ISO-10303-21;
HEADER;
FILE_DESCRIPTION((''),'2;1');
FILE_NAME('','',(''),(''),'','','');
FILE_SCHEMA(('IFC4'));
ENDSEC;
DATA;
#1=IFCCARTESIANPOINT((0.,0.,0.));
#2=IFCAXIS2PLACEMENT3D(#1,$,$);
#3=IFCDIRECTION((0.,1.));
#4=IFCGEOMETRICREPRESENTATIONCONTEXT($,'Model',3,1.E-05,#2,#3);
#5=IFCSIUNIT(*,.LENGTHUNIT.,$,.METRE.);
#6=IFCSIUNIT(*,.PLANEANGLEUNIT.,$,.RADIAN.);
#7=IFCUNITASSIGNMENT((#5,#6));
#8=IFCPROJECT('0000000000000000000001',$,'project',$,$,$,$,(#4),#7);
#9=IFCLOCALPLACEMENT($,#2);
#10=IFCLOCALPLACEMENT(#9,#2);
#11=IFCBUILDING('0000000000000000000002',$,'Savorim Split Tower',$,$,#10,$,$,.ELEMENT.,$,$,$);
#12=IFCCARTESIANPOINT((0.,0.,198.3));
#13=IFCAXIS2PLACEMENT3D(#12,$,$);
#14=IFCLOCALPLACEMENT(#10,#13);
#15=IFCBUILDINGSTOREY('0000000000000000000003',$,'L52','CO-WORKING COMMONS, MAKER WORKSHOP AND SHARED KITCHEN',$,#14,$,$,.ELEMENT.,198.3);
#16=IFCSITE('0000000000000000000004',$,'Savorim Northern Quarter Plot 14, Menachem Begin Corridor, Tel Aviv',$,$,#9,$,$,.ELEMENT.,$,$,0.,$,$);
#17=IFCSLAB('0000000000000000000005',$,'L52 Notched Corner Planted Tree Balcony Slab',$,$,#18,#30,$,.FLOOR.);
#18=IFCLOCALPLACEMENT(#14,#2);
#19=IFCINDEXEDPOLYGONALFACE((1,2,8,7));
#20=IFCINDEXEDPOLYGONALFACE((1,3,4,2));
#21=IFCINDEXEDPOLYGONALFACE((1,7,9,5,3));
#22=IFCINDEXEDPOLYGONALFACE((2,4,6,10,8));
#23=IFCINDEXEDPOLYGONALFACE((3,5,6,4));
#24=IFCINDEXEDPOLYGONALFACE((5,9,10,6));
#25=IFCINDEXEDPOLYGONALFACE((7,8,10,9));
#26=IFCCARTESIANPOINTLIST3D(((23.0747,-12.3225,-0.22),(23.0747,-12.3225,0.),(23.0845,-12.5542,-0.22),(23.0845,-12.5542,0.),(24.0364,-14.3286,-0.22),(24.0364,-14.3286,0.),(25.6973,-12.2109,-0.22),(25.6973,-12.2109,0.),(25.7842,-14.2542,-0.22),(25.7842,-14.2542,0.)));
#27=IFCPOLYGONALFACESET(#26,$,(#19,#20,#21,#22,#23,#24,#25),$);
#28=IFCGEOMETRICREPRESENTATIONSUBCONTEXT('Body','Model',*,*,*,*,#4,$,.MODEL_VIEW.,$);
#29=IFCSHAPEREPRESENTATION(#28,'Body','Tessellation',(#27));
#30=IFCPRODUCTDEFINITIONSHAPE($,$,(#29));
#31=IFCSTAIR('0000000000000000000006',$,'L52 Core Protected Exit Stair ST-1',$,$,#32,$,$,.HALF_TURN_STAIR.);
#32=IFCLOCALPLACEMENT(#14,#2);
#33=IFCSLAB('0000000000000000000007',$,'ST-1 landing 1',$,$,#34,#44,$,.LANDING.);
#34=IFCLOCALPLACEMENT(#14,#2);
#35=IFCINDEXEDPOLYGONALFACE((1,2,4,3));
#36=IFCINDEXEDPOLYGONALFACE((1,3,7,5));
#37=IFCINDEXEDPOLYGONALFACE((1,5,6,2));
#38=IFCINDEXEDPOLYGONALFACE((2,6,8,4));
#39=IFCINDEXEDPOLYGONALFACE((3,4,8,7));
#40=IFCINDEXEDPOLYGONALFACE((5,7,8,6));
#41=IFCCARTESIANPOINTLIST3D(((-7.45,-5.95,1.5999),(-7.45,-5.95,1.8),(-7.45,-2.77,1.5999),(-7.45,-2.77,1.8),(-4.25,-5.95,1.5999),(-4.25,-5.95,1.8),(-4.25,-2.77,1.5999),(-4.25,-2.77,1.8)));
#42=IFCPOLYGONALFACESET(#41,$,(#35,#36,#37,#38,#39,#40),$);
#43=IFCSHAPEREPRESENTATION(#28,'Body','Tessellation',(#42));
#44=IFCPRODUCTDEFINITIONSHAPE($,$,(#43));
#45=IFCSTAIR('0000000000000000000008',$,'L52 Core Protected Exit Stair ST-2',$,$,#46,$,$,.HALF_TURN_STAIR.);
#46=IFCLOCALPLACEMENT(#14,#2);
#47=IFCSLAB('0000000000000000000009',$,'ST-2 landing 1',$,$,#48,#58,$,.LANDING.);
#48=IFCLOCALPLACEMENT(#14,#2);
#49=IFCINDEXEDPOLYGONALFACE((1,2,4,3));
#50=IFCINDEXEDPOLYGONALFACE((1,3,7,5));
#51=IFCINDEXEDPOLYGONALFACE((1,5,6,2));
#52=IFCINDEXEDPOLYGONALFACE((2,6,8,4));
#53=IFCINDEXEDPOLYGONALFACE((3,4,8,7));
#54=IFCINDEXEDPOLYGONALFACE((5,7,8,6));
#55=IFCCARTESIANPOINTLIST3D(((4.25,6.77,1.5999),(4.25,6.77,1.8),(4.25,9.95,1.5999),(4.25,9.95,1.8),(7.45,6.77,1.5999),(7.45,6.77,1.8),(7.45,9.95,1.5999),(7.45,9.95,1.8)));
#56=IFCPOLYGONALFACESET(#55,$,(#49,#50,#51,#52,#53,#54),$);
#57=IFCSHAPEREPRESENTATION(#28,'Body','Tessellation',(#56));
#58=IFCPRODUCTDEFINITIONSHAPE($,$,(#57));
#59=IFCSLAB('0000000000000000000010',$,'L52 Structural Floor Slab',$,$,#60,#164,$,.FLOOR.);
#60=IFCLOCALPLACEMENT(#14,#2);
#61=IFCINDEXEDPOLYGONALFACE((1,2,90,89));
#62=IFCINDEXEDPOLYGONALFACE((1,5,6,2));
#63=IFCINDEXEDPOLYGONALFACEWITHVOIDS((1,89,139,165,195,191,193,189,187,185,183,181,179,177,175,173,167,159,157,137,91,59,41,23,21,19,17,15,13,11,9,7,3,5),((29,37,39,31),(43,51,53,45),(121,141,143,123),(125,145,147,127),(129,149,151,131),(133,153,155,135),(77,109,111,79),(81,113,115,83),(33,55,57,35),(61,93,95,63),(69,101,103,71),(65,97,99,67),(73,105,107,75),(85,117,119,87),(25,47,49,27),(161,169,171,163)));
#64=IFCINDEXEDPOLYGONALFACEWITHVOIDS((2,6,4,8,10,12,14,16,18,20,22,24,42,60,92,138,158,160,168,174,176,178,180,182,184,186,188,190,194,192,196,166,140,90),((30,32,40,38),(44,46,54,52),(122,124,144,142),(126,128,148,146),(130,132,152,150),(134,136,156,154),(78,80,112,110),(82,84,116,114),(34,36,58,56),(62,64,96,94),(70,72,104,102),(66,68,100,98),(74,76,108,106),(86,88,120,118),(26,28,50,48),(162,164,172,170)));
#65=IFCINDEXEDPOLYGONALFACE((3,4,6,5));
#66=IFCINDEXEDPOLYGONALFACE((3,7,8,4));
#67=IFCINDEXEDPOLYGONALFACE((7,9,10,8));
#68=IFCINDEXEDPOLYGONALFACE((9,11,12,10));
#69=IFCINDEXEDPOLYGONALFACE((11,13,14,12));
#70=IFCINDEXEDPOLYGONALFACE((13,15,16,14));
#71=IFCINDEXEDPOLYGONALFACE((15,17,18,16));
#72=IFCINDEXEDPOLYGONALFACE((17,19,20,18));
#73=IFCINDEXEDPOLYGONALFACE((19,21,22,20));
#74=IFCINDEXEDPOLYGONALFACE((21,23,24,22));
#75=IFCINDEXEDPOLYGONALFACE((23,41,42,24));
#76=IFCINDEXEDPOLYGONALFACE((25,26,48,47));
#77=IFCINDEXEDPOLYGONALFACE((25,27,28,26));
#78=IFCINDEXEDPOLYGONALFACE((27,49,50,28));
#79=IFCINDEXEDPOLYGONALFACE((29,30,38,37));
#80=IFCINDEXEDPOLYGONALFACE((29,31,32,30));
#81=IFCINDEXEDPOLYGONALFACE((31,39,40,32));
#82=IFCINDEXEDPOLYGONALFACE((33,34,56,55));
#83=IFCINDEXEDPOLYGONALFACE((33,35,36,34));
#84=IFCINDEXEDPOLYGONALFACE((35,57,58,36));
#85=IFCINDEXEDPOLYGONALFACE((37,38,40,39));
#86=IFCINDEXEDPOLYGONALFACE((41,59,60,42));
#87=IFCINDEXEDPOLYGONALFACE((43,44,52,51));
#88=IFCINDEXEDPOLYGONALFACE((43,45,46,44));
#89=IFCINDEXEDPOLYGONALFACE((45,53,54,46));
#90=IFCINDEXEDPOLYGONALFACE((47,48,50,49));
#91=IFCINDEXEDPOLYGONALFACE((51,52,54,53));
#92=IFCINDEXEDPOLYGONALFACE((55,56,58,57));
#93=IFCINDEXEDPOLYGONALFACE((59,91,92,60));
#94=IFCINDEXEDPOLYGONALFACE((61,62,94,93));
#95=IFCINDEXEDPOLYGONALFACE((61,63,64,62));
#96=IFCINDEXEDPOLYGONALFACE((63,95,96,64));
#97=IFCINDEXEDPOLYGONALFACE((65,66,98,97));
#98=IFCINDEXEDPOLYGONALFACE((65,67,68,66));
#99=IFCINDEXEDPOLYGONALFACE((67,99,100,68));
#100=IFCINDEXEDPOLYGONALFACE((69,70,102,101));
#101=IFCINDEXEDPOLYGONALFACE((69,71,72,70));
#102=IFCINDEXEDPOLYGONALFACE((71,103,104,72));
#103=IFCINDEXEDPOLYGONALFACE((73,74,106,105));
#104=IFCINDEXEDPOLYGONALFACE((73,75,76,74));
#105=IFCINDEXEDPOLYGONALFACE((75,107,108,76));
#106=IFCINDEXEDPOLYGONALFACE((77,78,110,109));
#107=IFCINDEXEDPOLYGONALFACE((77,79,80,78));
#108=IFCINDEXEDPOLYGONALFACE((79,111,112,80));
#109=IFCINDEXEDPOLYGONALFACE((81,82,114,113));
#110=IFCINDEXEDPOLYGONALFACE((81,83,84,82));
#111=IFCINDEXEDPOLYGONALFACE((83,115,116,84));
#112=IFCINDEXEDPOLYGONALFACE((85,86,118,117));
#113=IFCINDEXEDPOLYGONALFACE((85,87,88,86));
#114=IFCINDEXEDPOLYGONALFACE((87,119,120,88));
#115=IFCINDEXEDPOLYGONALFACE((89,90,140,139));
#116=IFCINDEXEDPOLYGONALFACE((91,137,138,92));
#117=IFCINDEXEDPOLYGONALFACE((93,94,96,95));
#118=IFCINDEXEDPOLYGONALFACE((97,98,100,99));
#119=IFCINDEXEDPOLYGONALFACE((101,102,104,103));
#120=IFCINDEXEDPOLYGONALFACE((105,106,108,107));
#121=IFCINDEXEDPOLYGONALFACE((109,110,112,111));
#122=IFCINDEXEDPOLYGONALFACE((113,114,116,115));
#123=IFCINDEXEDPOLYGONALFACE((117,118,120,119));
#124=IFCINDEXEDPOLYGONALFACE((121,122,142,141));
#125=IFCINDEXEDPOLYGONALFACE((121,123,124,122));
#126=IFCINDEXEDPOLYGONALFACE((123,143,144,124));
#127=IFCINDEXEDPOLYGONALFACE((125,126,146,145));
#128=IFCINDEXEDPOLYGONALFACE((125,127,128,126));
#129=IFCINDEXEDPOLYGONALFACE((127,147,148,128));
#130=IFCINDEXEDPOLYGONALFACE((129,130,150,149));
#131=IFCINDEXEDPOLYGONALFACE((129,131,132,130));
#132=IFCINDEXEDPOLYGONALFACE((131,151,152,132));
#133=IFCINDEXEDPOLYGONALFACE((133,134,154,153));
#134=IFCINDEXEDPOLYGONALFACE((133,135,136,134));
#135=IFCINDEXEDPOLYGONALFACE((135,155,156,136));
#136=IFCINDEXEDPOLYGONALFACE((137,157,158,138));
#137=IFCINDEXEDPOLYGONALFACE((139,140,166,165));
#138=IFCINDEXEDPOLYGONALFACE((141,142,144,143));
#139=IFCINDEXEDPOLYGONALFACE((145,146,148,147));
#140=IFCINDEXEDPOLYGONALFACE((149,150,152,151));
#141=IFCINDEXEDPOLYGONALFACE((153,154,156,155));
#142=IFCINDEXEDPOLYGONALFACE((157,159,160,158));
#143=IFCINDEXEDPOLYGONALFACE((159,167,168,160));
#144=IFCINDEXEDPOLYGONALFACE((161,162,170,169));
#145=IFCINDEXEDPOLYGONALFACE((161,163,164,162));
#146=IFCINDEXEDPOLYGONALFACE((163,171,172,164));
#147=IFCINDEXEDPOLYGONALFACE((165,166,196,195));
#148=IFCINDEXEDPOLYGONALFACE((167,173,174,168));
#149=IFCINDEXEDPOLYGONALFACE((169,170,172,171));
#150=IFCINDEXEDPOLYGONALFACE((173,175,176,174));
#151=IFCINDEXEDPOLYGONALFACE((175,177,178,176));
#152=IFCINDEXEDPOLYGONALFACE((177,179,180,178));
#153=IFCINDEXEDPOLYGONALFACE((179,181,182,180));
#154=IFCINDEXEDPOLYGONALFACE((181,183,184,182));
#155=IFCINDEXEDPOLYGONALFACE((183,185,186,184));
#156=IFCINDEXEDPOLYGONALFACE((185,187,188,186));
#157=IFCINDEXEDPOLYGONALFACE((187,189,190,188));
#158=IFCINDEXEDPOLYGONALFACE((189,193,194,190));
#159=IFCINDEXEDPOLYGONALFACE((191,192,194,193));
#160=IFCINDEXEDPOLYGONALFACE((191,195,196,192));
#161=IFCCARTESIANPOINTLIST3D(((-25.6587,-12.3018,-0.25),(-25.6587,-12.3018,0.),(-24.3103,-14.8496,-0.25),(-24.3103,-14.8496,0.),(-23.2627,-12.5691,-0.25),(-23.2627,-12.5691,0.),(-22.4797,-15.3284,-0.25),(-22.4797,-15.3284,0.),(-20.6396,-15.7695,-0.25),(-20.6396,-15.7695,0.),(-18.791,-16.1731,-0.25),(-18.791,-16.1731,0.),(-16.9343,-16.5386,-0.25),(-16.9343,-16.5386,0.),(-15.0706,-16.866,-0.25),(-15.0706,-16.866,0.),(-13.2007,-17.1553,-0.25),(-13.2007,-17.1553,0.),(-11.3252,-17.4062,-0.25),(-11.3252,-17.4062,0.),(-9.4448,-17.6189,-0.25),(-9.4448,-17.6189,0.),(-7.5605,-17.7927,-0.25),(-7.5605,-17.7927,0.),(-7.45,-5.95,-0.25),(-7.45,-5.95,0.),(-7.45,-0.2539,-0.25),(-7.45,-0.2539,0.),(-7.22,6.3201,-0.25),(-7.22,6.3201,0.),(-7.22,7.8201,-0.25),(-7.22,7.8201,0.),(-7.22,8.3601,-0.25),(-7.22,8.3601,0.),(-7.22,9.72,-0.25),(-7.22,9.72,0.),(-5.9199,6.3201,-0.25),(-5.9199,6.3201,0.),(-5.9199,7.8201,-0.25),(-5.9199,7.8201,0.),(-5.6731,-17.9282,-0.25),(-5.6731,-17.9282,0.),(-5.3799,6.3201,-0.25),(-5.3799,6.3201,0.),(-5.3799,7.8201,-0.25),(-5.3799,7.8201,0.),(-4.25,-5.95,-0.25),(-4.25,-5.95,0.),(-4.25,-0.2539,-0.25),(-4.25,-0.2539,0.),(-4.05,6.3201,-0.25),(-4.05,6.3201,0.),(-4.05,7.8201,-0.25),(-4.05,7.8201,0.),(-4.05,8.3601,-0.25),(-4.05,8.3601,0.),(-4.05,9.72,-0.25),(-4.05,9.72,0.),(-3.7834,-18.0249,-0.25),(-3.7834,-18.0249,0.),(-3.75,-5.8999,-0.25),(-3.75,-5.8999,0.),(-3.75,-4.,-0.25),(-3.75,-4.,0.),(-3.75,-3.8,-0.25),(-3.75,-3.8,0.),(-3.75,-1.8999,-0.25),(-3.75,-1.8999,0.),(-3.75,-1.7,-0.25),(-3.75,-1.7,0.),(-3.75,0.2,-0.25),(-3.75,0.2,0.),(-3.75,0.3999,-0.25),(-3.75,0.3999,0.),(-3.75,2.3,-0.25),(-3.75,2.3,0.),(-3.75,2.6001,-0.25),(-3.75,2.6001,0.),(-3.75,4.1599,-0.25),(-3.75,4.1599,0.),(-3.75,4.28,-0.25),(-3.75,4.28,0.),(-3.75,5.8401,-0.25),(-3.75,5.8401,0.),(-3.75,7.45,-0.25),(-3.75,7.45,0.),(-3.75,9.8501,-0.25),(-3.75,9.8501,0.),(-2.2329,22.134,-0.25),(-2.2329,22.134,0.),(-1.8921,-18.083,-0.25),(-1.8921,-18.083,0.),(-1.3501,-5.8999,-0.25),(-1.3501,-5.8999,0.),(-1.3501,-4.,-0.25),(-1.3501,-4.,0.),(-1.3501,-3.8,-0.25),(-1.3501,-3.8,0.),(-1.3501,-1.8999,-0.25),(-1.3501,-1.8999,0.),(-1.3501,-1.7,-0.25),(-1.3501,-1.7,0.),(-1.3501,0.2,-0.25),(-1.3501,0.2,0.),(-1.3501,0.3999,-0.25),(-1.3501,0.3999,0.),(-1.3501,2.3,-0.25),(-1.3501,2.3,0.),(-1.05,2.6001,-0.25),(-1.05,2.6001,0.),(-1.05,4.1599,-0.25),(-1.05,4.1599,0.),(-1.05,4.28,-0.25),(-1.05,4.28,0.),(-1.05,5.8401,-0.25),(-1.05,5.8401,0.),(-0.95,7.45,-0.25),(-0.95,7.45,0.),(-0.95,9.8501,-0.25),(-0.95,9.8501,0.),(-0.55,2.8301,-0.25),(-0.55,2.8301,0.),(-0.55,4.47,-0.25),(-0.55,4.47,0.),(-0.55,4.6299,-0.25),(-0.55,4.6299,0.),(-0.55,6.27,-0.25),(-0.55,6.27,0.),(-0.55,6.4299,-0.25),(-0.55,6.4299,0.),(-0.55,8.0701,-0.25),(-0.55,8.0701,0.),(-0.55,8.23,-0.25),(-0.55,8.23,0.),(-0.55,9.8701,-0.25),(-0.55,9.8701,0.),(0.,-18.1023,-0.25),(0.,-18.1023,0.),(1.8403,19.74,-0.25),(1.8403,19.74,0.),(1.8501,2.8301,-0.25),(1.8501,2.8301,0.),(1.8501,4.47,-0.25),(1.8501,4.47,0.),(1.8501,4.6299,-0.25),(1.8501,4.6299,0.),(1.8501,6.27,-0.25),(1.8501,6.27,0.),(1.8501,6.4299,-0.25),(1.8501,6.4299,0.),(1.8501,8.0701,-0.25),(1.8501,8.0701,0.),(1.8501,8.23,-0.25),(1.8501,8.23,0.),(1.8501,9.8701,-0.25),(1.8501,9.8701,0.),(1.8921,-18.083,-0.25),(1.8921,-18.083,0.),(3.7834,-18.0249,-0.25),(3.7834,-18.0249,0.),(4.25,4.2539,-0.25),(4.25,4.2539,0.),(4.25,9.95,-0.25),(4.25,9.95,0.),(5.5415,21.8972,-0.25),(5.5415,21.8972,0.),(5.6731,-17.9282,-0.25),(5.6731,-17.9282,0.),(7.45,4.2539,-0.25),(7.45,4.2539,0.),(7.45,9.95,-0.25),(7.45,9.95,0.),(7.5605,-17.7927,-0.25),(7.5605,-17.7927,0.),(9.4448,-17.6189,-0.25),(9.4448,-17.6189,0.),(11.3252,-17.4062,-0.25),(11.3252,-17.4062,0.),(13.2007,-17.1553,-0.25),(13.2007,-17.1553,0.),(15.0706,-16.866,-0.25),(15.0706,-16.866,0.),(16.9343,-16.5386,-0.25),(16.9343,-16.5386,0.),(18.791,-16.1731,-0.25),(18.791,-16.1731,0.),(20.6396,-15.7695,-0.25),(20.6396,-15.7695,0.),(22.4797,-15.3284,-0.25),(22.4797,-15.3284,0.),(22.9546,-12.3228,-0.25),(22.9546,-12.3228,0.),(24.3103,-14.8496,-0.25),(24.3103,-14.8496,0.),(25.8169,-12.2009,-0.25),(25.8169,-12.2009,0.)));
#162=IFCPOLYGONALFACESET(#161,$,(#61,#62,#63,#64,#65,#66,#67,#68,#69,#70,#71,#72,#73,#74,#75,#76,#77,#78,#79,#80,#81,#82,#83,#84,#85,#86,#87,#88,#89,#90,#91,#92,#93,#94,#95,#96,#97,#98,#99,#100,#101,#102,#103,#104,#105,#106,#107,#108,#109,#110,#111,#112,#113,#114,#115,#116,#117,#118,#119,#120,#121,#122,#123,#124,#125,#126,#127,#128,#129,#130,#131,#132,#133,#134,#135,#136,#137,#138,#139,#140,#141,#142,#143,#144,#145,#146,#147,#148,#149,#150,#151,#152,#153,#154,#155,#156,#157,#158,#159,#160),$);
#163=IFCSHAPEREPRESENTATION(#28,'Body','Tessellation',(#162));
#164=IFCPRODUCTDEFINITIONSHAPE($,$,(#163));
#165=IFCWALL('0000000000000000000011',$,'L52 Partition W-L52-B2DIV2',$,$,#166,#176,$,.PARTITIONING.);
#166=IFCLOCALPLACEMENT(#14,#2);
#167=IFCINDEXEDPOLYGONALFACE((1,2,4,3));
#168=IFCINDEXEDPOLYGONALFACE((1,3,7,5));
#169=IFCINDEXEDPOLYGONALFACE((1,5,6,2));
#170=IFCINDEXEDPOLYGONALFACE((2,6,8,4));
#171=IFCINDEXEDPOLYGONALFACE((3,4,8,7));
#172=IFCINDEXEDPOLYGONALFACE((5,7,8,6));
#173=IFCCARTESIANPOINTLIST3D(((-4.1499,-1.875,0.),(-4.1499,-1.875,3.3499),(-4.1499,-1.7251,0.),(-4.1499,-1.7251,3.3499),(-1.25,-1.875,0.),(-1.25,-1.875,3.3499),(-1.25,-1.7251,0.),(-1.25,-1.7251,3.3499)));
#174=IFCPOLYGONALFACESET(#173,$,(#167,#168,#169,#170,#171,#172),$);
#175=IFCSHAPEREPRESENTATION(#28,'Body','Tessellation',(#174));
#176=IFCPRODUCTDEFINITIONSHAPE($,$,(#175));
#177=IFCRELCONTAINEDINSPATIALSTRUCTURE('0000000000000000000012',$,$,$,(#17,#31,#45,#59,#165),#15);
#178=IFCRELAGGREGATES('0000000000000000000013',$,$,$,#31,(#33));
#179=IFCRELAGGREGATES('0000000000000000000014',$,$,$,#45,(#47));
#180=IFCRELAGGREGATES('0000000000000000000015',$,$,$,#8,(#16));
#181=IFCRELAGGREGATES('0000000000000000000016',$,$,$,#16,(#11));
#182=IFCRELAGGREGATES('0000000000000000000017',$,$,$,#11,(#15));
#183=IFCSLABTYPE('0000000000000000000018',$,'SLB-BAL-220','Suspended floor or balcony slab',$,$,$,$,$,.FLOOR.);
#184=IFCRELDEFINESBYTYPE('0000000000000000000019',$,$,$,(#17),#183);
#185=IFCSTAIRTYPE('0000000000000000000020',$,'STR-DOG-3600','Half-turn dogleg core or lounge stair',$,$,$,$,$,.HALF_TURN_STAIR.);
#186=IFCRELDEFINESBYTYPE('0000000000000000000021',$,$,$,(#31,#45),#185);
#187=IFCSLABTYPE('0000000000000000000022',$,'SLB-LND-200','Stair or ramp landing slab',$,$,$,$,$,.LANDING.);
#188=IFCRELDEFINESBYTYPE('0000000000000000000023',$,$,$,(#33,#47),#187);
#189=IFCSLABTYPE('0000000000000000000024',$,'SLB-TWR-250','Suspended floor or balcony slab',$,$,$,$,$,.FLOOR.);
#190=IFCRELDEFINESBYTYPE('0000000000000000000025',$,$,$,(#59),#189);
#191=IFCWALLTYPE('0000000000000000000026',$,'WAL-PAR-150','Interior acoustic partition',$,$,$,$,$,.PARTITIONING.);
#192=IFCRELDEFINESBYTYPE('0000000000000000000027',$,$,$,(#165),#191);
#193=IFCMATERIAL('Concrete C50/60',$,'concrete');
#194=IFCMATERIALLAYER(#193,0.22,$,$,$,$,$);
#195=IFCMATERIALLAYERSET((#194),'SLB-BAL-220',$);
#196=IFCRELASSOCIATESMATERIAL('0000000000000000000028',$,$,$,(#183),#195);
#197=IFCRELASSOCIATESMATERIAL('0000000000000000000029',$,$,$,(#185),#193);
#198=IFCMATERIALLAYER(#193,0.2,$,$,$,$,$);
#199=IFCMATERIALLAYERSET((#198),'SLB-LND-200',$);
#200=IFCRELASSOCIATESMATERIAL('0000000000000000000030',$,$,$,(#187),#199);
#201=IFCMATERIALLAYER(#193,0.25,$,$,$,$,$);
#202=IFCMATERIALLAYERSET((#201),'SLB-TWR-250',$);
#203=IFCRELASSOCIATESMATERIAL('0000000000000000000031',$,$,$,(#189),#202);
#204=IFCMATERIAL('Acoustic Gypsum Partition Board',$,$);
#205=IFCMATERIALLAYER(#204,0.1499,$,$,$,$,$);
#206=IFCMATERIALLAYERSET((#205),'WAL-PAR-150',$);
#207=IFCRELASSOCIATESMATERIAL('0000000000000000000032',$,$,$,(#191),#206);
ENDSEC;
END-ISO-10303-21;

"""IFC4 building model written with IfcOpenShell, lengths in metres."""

from ifc_helpers import new_model, si_unit, direction, frame, frame_2d, origin, place, context, subcontext, project, spatial, polyline, rectangle, outline, extrude, material, layer, layer_set, type_object, element, aggregate, save


model = new_model("IFC4")

# Units and contexts
model_context = context("Model", 3, precision=1e-05, world=origin(), true_north=direction((0.0, 1.0)))
body_context = subcontext(model_context, "Body", "Model", "MODEL_VIEW")
ifc_project = project(units=[si_unit("LENGTHUNIT", "METRE"), si_unit("PLANEANGLEUNIT", "RADIAN")], contexts=[model_context])

# Site, building, storey
site_placement = place(None, origin())
site = spatial("IfcSite", under=ifc_project, at=site_placement, Name="Savorim Northern Quarter Plot 14, Menachem Begin Corridor, Tel Aviv", CompositionType="ELEMENT", RefElevation=0.0)
building_placement = place(site_placement, origin())
building = spatial("IfcBuilding", under=site, at=building_placement, Name="Savorim Split Tower", CompositionType="ELEMENT")
storey_placement = place(building_placement, frame((0.0, 0.0, 198.3)))
storey = spatial("IfcBuildingStorey", under=building, at=storey_placement, Name="L52", Description="CO-WORKING COMMONS, MAKER WORKSHOP AND SHARED KITCHEN", CompositionType="ELEMENT", Elevation=198.3)

# Slab
ifc_material_1 = material(Name="Concrete C50/60", Category="concrete")
ifc_layer_1 = layer(ifc_material_1, 0.22)
ifc_layer_set_1 = layer_set([ifc_layer_1], Name="SLB-BAL-220")
slab_type_1 = type_object("IfcSlabType", Name="SLB-BAL-220", Description="Suspended floor or balcony slab", PredefinedType="FLOOR", material=ifc_layer_set_1)
slab_1_placement = place(storey_placement, frame((0.0, 0.0, -0.22)))
element("IfcSlab", 1, at=slab_1_placement, inside=storey, type_object=slab_type_1, Name="L52 Notched Corner Planted Tree Balcony Slab", PredefinedType="FLOOR", context=body_context, shape_type="SweptSolid", body=[
    extrude(outline(polyline([(25.6973, -12.2109), (23.0747, -12.3225), (23.0845, -12.5542), (24.0364, -14.3286), (25.7842, -14.2542), (25.6973, -12.2109)])), origin(), (0.0, 0.0, 1.0), 0.22),
])

# Stairs, slabs
stair_type = type_object("IfcStairType", Name="STR-DOG-3600", Description="Half-turn dogleg core or lounge stair", PredefinedType="HALF_TURN_STAIR", material=ifc_material_1)
stair_1_placement = place(storey_placement, origin())
stair_1 = element("IfcStair", 2, at=stair_1_placement, inside=storey, type_object=stair_type, Name="L52 Core Protected Exit Stair ST-1", PredefinedType="HALF_TURN_STAIR")
ifc_layer_2 = layer(ifc_material_1, 0.2)
ifc_layer_set_2 = layer_set([ifc_layer_2], Name="SLB-LND-200")
slab_type_2 = type_object("IfcSlabType", Name="SLB-LND-200", Description="Stair or ramp landing slab", PredefinedType="LANDING", material=ifc_layer_set_2)
slab_2_placement = place(storey_placement, frame((0.0, 0.0, 1.5999)))
slab_2 = element("IfcSlab", 3, at=slab_2_placement, type_object=slab_type_2, Name="ST-1 landing 1", PredefinedType="LANDING", context=body_context, shape_type="SweptSolid", body=[
    extrude(outline(polyline([(-7.45, -2.77), (-7.45, -5.95), (-4.25, -5.95), (-4.25, -2.77), (-7.45, -2.77)])), origin(), (0.0, 0.0, 1.0), 0.2002),
])
aggregate(stair_1, [slab_2])
stair_2_placement = place(storey_placement, origin())
stair_2 = element("IfcStair", 4, at=stair_2_placement, inside=storey, type_object=stair_type, Name="L52 Core Protected Exit Stair ST-2", PredefinedType="HALF_TURN_STAIR")
slab_3_placement = place(storey_placement, frame((0.0, 0.0, 1.5999)))
slab_3 = element("IfcSlab", 5, at=slab_3_placement, type_object=slab_type_2, Name="ST-2 landing 1", PredefinedType="LANDING", context=body_context, shape_type="SweptSolid", body=[
    extrude(outline(polyline([(7.45, 6.77), (7.45, 9.95), (4.25, 9.95), (4.25, 6.77), (7.45, 6.77)])), origin(), (0.0, 0.0, 1.0), 0.2002),
])
aggregate(stair_2, [slab_3])

# Slab
ifc_layer_3 = layer(ifc_material_1, 0.25)
ifc_layer_set_3 = layer_set([ifc_layer_3], Name="SLB-TWR-250")
slab_type_3 = type_object("IfcSlabType", Name="SLB-TWR-250", Description="Suspended floor or balcony slab", PredefinedType="FLOOR", material=ifc_layer_set_3)
slab_4_placement = place(storey_placement, frame((0.0, 0.0, -0.25)))
element("IfcSlab", 6, at=slab_4_placement, inside=storey, type_object=slab_type_3, Name="L52 Structural Floor Slab", PredefinedType="FLOOR", context=body_context, shape_type="SweptSolid", body=[
    extrude(outline(polyline([(-24.3103, -14.8496), (-22.4797, -15.3284), (-20.6396, -15.7695), (-18.791, -16.1731), (-16.9343, -16.5386), (-15.0706, -16.866), (-13.2007, -17.1553), (-11.3252, -17.4062), (-9.4448, -17.6189), (-7.5605, -17.7927), (-5.6731, -17.9282), (-3.7834, -18.0249), (-1.8921, -18.083), (0.0, -18.1023), (1.8921, -18.083), (3.7834, -18.0249), (5.6731, -17.9282), (7.5605, -17.7927), (9.4448, -17.6189), (11.3252, -17.4062), (13.2007, -17.1553), (15.0706, -16.866), (16.9343, -16.5386), (18.791, -16.1731), (20.6396, -15.7695), (22.4797, -15.3284), (24.3103, -14.8496), (22.9546, -12.3228), (25.8169, -12.2009), (5.5415, 21.8972), (1.8403, 19.74), (-2.2329, 22.134), (-25.6587, -12.3018), (-23.2627, -12.5691), (-24.3103, -14.8496)]), holes=[polyline([(-7.45, -0.2539), (-7.45, -5.95), (-4.25, -5.95), (-4.25, -0.2539), (-7.45, -0.2539)]), polyline([(7.45, 4.2539), (7.45, 9.95), (4.25, 9.95), (4.25, 4.2539), (7.45, 4.2539)]), polyline([(-3.75, -5.8999), (-1.3501, -5.8999), (-1.3501, -4.0), (-3.75, -4.0), (-3.75, -5.8999)]), polyline([(-3.75, -3.8), (-1.3501, -3.8), (-1.3501, -1.8999), (-3.75, -1.8999), (-3.75, -3.8)]), polyline([(-3.75, -1.7), (-1.3501, -1.7), (-1.3501, 0.2), (-3.75, 0.2), (-3.75, -1.7)]), polyline([(-3.75, 0.3999), (-1.3501, 0.3999), (-1.3501, 2.3), (-3.75, 2.3), (-3.75, 0.3999)]), polyline([(-0.55, 2.8301), (1.8501, 2.8301), (1.8501, 4.47), (-0.55, 4.47), (-0.55, 2.8301)]), polyline([(-0.55, 4.6299), (1.8501, 4.6299), (1.8501, 6.27), (-0.55, 6.27), (-0.55, 4.6299)]), polyline([(-0.55, 6.4299), (1.8501, 6.4299), (1.8501, 8.0701), (-0.55, 8.0701), (-0.55, 6.4299)]), polyline([(-0.55, 8.23), (1.8501, 8.23), (1.8501, 9.8701), (-0.55, 9.8701), (-0.55, 8.23)]), polyline([(-3.75, 2.6001), (-1.05, 2.6001), (-1.05, 4.1599), (-3.75, 4.1599), (-3.75, 2.6001)]), polyline([(-3.75, 4.28), (-1.05, 4.28), (-1.05, 5.8401), (-3.75, 5.8401), (-3.75, 4.28)]), polyline([(-3.75, 7.45), (-0.95, 7.45), (-0.95, 9.8501), (-3.75, 9.8501), (-3.75, 7.45)]), polyline([(-7.22, 6.3201), (-5.9199, 6.3201), (-5.9199, 7.8201), (-7.22, 7.8201), (-7.22, 6.3201)]), polyline([(-5.3799, 6.3201), (-4.05, 6.3201), (-4.05, 7.8201), (-5.3799, 7.8201), (-5.3799, 6.3201)]), polyline([(-7.22, 8.3601), (-4.05, 8.3601), (-4.05, 9.72), (-7.22, 9.72), (-7.22, 8.3601)])]), origin(), (0.0, 0.0, 1.0), 0.25),
])

# Wall
ifc_material_2 = material(Name="Acoustic Gypsum Partition Board")
ifc_layer_4 = layer(ifc_material_2, 0.1499)
ifc_layer_set_4 = layer_set([ifc_layer_4], Name="WAL-PAR-150")
wall_type_1 = type_object("IfcWallType", Name="WAL-PAR-150", Description="Interior acoustic partition", PredefinedType="PARTITIONING", material=ifc_layer_set_4)
for number, where, z_axis, x_axis, name in (
    (7, (-4.1499, -1.8, 0.0), (0.0, 0.0, 1.0), (1.0, 0.0, 0.0), "L52 Partition W-L52-B2DIV2"),
):
    element("IfcWall", number, at=place(storey_placement, frame(where, z_axis=z_axis, x_axis=x_axis)), inside=storey, type_object=wall_type_1, Name=name, PredefinedType="PARTITIONING", context=body_context, shape_type="SweptSolid", body=[
        extrude(rectangle(XDim=2.8999, YDim=0.1499, at=frame_2d((1.45, 0.0))), origin(), (0.0, 0.0, 1.0), 3.3499),
    ])

save(model, "model.ifc")
